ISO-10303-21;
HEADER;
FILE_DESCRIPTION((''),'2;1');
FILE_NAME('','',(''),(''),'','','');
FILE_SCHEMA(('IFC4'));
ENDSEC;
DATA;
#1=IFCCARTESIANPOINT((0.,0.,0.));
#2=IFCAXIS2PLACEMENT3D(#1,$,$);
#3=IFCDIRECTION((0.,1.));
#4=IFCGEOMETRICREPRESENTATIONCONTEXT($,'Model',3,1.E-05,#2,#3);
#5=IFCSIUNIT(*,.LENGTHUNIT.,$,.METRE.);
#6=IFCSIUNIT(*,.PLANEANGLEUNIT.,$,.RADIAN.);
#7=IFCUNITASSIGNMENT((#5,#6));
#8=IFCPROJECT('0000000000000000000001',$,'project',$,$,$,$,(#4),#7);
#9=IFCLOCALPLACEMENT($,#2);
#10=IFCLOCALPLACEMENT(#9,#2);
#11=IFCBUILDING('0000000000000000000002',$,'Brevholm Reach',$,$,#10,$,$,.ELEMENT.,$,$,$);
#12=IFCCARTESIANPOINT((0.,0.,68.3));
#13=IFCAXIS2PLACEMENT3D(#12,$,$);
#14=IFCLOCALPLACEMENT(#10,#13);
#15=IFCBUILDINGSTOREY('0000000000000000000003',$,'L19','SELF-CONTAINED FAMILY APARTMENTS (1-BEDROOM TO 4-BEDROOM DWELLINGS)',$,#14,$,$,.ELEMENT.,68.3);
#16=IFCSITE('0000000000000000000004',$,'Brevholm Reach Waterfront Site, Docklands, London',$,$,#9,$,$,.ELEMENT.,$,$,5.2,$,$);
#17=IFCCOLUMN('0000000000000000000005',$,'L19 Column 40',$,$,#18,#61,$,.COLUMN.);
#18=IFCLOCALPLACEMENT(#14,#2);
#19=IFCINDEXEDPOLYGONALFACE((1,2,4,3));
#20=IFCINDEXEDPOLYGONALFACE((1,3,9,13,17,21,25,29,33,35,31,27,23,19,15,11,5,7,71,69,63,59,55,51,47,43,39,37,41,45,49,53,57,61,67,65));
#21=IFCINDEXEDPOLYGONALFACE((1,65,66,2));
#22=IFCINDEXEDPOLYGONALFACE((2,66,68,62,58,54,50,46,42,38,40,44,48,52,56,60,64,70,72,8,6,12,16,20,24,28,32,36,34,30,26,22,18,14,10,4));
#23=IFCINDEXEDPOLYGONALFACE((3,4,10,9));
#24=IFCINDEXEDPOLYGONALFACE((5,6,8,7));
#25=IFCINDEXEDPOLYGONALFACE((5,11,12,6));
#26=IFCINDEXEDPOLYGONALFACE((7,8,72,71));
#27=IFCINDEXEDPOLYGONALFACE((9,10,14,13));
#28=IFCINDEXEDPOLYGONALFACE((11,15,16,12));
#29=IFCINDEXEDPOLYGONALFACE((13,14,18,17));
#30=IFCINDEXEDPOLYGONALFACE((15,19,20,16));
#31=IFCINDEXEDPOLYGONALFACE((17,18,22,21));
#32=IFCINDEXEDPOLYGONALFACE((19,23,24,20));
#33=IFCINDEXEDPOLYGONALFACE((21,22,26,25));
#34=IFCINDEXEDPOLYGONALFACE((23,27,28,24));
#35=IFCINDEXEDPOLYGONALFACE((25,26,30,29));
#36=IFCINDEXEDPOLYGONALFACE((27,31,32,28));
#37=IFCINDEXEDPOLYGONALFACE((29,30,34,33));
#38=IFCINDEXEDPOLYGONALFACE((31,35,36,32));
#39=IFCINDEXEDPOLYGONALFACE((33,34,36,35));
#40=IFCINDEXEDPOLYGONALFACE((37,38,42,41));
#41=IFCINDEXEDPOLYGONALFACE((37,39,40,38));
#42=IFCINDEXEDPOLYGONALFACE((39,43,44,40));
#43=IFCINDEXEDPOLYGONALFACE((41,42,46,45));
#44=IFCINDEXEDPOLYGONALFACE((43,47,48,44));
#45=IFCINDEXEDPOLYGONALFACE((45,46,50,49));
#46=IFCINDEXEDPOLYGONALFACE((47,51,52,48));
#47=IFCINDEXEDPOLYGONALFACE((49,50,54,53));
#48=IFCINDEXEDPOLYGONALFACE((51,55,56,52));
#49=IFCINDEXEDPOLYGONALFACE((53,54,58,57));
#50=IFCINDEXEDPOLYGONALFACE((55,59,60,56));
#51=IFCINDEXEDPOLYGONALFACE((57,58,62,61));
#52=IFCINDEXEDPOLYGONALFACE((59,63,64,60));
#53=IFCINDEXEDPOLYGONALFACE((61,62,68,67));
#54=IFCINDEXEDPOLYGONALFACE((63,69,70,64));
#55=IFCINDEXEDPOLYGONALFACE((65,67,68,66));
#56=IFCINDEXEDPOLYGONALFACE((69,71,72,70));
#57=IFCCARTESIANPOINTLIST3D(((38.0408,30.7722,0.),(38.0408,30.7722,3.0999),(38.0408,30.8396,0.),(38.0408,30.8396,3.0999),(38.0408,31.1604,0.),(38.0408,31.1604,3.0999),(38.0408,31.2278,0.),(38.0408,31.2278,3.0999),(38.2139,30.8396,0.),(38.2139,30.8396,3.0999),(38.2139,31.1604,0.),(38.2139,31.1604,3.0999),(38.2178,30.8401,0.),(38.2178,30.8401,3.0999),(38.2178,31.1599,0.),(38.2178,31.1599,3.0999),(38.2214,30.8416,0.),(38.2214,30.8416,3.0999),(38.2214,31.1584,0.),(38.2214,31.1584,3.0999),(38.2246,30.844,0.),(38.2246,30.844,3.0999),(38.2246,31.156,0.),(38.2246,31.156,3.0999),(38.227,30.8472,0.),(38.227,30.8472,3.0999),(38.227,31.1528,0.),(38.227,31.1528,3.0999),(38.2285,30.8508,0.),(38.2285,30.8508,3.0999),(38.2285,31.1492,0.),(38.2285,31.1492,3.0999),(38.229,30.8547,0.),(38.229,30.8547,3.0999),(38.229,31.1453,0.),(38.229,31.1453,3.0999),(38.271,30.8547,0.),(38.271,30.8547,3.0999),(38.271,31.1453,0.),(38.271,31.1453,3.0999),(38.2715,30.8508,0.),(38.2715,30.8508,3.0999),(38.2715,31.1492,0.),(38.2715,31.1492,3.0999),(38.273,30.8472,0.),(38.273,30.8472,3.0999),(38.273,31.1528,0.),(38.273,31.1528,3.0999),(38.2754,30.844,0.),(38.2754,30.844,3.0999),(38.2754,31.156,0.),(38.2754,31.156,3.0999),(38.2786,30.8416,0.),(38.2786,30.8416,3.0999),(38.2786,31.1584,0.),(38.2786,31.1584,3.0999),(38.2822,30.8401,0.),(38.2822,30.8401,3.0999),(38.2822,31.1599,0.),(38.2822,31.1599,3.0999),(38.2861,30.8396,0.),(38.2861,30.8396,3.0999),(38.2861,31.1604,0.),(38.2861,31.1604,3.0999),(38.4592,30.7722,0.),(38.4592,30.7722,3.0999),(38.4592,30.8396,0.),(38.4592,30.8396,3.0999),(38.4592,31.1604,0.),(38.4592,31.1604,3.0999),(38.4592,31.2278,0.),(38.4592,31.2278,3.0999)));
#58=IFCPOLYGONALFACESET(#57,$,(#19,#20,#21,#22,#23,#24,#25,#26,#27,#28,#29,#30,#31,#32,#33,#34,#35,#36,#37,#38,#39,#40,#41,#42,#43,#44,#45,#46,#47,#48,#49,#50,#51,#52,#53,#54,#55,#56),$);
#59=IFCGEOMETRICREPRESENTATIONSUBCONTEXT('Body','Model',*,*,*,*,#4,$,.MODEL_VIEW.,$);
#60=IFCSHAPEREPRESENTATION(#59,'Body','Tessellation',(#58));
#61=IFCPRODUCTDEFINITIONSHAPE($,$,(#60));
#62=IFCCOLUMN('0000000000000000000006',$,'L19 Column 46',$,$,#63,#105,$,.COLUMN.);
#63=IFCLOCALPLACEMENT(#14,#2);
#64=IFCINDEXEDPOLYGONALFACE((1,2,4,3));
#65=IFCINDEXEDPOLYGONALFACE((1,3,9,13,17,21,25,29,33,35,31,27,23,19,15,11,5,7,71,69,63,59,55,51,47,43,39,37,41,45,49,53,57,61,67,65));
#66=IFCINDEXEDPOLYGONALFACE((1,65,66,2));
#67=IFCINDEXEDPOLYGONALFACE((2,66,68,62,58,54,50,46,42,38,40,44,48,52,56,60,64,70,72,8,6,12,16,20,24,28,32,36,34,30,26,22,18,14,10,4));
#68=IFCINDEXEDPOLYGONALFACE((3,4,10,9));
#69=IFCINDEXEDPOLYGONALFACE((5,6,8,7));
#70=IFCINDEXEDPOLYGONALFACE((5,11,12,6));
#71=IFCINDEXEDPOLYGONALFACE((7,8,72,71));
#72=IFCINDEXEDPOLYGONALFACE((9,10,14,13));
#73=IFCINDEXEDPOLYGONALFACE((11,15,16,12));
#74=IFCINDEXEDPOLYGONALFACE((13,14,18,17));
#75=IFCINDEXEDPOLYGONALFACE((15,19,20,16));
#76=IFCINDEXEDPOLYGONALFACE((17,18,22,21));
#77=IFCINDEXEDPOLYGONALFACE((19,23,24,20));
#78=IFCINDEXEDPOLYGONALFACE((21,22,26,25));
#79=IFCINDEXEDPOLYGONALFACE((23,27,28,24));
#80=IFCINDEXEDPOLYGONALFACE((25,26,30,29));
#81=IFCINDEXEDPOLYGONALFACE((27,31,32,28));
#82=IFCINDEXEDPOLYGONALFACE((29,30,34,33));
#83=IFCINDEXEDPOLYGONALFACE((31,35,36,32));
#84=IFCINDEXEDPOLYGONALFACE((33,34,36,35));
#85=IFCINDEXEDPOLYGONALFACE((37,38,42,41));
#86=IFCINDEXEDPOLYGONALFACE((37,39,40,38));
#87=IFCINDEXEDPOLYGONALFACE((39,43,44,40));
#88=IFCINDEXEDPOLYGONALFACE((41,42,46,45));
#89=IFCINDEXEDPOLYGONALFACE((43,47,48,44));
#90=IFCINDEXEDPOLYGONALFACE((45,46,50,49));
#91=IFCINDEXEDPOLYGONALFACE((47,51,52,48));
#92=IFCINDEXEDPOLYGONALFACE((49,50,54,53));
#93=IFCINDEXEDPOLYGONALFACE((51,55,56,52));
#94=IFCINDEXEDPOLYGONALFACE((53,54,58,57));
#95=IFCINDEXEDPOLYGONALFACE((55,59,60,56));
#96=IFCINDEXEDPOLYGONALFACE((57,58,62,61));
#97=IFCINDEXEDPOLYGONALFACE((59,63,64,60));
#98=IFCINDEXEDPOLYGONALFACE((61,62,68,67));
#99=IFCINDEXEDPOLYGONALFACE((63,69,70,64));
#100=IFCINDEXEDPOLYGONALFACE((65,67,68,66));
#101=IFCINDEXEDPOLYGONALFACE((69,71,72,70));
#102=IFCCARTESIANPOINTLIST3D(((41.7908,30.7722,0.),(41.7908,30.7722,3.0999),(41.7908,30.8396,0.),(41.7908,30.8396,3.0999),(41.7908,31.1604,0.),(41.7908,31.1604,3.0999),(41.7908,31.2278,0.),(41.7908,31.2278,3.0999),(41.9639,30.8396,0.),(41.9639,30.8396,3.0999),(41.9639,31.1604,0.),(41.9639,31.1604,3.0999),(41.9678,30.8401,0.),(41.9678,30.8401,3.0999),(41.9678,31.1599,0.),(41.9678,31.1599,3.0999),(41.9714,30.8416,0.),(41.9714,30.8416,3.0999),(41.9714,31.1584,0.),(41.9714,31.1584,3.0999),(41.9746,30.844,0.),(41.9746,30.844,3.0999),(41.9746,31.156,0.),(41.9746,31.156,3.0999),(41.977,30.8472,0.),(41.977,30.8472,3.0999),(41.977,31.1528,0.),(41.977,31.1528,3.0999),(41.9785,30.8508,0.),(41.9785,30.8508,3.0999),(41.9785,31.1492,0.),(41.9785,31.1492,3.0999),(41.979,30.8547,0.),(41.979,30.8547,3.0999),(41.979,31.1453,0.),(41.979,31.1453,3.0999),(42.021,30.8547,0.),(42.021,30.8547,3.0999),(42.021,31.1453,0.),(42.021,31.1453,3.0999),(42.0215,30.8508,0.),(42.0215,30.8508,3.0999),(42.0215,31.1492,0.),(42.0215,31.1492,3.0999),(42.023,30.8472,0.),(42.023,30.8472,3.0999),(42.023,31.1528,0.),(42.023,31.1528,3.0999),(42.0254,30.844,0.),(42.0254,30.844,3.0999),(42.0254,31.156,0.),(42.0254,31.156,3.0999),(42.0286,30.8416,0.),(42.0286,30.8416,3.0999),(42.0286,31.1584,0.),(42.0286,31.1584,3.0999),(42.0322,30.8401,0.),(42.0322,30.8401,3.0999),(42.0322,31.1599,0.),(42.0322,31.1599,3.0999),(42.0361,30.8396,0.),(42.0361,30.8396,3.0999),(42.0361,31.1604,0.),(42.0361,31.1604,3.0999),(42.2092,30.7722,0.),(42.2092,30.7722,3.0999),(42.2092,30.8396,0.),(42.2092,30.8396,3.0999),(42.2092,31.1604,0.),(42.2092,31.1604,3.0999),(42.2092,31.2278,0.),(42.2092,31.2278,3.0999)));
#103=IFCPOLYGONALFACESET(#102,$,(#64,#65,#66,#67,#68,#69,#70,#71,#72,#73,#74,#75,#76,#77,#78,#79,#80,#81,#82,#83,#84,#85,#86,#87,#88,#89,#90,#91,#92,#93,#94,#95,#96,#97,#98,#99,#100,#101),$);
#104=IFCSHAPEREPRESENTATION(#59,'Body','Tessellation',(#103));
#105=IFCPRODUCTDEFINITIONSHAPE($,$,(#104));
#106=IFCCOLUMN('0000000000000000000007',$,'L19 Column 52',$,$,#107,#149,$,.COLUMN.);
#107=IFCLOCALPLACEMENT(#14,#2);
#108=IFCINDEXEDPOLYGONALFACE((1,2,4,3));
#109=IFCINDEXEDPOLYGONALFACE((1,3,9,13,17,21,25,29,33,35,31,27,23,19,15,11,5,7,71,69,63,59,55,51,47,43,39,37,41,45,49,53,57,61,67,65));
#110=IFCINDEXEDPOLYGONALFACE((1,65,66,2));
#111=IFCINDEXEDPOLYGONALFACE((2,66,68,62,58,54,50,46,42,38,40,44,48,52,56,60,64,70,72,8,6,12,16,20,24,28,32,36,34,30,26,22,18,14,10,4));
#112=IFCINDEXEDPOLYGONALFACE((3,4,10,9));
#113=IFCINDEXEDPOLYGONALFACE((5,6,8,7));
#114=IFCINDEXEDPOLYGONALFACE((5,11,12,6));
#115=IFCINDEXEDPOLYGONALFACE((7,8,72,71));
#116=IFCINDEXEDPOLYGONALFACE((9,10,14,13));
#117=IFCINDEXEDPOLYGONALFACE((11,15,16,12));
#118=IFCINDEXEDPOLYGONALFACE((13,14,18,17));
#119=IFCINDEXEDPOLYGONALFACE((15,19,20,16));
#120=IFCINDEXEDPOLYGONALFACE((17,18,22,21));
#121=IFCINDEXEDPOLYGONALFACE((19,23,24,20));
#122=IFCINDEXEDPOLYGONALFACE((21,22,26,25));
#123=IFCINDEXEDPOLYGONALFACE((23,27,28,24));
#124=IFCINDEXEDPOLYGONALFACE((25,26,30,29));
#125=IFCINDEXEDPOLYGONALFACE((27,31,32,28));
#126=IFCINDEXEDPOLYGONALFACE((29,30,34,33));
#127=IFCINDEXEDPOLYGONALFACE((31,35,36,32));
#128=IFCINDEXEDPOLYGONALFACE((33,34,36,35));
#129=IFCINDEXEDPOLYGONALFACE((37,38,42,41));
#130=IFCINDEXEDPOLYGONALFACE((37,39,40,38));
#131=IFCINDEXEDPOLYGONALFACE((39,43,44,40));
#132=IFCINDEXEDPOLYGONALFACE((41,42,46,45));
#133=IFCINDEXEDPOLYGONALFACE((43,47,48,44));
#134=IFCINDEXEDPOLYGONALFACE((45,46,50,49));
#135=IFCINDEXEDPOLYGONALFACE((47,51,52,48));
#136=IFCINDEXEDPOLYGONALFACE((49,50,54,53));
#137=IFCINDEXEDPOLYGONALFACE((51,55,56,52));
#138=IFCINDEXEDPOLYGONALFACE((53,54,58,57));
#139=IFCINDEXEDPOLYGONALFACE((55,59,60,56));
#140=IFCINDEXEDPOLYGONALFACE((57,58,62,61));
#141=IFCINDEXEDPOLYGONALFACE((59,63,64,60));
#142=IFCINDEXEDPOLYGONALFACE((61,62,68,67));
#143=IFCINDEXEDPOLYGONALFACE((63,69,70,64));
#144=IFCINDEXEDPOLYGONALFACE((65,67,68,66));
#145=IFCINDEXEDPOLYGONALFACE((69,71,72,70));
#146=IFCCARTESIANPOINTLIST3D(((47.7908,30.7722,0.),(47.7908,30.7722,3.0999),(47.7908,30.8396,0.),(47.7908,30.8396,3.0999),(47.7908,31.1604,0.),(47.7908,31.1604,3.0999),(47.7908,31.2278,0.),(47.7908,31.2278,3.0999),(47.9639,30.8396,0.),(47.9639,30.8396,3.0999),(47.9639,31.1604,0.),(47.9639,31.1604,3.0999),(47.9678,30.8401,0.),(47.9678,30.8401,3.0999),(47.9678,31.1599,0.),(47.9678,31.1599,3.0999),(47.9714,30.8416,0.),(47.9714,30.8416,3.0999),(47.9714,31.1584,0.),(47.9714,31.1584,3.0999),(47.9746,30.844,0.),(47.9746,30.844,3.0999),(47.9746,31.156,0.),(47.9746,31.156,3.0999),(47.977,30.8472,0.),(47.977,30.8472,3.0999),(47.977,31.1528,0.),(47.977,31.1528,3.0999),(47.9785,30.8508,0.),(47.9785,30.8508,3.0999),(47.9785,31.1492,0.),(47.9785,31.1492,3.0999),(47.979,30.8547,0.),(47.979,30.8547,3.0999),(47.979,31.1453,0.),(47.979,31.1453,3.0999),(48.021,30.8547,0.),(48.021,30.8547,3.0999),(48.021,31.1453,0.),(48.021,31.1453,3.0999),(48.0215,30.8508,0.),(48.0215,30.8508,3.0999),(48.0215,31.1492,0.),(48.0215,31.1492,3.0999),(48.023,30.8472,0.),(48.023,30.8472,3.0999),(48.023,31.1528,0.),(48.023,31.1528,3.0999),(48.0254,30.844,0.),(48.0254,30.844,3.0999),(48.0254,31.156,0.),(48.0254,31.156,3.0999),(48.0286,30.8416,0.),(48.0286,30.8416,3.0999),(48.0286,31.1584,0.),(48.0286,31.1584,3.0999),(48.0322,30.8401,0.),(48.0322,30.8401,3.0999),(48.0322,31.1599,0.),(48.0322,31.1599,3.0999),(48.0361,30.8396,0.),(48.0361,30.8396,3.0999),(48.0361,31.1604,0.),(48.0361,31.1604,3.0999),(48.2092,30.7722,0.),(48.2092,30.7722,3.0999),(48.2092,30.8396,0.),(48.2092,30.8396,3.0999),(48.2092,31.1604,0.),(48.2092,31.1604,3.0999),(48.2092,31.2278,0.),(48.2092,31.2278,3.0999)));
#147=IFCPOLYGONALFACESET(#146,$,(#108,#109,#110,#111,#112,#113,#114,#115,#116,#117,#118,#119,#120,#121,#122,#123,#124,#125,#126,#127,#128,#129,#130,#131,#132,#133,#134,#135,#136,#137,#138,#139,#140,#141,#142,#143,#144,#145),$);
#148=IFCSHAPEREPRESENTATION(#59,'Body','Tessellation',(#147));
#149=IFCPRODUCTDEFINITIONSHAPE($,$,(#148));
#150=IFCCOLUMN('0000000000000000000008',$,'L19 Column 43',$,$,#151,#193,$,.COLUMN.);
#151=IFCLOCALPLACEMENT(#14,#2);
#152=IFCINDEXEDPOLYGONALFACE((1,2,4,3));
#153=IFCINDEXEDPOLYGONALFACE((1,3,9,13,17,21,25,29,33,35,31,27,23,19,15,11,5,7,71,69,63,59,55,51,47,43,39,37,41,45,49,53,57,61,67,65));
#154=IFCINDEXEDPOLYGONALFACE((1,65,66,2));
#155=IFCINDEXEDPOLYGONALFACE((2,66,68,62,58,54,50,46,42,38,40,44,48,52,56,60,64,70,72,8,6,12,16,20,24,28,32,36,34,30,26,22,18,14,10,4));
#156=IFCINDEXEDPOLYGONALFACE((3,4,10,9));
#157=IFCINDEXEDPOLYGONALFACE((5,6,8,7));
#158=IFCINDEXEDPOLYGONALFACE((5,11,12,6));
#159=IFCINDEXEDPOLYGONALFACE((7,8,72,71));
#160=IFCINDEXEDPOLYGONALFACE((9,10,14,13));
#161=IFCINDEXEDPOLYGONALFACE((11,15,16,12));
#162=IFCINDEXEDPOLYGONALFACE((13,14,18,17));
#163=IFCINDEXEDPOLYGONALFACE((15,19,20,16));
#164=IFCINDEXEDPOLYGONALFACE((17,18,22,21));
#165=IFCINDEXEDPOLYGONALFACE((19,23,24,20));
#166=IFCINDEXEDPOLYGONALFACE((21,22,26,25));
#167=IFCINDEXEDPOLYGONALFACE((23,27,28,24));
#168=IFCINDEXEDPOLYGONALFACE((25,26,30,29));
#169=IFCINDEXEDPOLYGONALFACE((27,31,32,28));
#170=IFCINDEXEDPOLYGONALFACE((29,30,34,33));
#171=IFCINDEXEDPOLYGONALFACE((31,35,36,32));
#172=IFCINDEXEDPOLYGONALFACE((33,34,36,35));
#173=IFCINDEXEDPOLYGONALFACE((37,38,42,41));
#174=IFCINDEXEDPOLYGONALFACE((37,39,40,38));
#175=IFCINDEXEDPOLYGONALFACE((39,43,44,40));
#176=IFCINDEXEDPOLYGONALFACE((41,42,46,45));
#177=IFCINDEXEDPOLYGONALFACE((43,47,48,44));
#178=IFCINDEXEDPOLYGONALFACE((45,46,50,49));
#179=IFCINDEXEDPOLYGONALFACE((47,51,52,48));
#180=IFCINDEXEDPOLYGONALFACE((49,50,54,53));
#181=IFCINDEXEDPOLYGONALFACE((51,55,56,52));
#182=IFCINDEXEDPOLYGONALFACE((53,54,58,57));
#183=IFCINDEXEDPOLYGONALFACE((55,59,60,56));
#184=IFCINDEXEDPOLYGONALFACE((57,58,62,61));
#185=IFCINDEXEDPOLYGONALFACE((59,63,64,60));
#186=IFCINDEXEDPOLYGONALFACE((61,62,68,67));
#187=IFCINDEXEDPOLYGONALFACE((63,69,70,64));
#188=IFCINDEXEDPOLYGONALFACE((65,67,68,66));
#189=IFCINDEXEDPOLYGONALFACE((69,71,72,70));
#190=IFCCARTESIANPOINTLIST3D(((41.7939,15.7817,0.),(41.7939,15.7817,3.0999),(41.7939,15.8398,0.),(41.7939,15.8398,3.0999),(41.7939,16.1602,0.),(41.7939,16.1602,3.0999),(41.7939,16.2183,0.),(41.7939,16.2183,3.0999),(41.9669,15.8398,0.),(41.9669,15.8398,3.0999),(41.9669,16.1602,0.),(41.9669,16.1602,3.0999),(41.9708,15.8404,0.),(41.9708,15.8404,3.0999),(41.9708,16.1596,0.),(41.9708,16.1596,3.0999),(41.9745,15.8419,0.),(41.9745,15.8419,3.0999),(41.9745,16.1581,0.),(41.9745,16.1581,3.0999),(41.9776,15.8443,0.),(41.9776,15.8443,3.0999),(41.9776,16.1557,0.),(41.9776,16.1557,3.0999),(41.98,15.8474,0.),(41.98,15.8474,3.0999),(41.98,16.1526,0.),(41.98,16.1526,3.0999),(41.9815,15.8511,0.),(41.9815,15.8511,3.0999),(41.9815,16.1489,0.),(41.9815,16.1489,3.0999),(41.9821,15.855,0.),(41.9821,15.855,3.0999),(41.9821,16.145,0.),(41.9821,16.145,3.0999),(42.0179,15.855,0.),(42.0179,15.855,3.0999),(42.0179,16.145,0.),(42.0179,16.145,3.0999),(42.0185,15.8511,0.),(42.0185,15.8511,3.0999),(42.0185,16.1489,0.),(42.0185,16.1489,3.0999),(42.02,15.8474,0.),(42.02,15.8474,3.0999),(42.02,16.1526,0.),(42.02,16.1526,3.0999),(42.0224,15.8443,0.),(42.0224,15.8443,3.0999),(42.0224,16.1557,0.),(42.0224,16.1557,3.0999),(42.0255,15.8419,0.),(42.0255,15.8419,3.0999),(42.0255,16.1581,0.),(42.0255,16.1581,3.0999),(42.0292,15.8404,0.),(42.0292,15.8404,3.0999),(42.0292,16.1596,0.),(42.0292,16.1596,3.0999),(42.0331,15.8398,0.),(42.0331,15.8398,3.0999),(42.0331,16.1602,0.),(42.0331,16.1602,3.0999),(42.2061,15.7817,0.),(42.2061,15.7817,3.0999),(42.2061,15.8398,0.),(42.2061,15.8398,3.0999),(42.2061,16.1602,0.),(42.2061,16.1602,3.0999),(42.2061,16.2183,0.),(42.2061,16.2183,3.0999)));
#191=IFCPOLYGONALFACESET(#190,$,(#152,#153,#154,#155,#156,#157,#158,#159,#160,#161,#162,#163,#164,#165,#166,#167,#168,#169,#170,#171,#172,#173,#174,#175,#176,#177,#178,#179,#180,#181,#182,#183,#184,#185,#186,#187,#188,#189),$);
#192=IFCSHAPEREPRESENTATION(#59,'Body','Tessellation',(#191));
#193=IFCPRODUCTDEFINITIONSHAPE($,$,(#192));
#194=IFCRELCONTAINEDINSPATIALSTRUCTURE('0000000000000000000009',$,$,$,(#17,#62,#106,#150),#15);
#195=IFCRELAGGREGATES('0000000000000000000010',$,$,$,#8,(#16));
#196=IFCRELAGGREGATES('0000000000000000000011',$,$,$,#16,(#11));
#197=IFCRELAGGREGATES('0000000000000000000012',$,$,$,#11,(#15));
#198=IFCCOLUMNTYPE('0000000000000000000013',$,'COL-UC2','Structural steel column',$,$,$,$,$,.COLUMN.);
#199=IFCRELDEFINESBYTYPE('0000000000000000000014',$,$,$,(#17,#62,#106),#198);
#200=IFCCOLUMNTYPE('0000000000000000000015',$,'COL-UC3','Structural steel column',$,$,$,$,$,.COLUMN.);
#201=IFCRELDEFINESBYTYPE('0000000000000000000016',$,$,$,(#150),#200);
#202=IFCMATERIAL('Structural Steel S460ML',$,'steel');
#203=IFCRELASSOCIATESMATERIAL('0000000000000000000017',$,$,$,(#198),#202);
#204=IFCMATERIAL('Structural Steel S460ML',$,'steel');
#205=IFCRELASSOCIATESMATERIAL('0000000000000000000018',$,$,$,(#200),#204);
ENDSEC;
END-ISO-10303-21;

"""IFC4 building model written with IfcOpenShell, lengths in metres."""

from ifc_helpers import new_model, si_unit, direction, frame, origin, origin_2d, place, context, subcontext, project, spatial, i_section, extrude, material, material_profile, profile_set, type_object, element, save


model = new_model("IFC4")

# Units and contexts
model_context = context("Model", 3, precision=1e-05, world=origin(), true_north=direction((0.0, 1.0)))
body_context = subcontext(model_context, "Body", "Model", "MODEL_VIEW")
ifc_project = project(units=[si_unit("LENGTHUNIT", "METRE"), si_unit("PLANEANGLEUNIT", "RADIAN")], contexts=[model_context])

# Site, building, storey
site_placement = place(None, origin())
site = spatial("IfcSite", under=ifc_project, at=site_placement, Name="Brevholm Reach Waterfront Site, Docklands, London", CompositionType="ELEMENT", RefElevation=5.2)
building_placement = place(site_placement, origin())
building = spatial("IfcBuilding", under=site, at=building_placement, Name="Brevholm Reach", CompositionType="ELEMENT")
storey_placement = place(building_placement, frame((0.0, 0.0, 68.3)))
storey = spatial("IfcBuildingStorey", under=building, at=storey_placement, Name="L19", Description="SELF-CONTAINED FAMILY APARTMENTS (1-BEDROOM TO 4-BEDROOM DWELLINGS)", CompositionType="ELEMENT", Elevation=68.3)

# Columns
ifc_material_1 = material(Name="Structural Steel S460ML", Category="steel")
ifc_material_profile_1 = material_profile(ifc_material_1, i_section(OverallWidth=0.4185, OverallDepth=0.4556, WebThickness=0.042, FlangeThickness=0.0674, FilletRadius=0.0151, at=origin_2d()), Name="UKC 356x406x551")
ifc_profile_set_1 = profile_set([ifc_material_profile_1], Name="Structural Steel S460ML")
column_type_1 = type_object("IfcColumnType", Name="COL-UC2", Description="Structural steel column", PredefinedType="COLUMN", material=ifc_profile_set_1)
for number, where, z_axis, x_axis, name in (
    (1, (38.25, 31.0, 0.0), (0.0, 0.0, 1.0), (1.0, 0.0, 0.0), "L19 Column 40"),
    (2, (42.0, 31.0, 0.0), (0.0, 0.0, 1.0), (1.0, 0.0, 0.0), "L19 Column 46"),
    (3, (48.0, 31.0, 0.0), (0.0, 0.0, 1.0), (1.0, 0.0, 0.0), "L19 Column 52"),
):
    element("IfcColumn", number, at=place(storey_placement, frame(where, z_axis=z_axis, x_axis=x_axis)), inside=storey, type_object=column_type_1, Name=name, PredefinedType="COLUMN", context=body_context, shape_type="SweptSolid", body=[
        extrude(i_section(OverallWidth=0.4185, OverallDepth=0.4556, WebThickness=0.042, FlangeThickness=0.0674, FilletRadius=0.0151, at=origin_2d()), origin(), (0.0, 0.0, 1.0), 3.0999),
    ])
ifc_material_2 = material(Name="Structural Steel S460ML", Category="steel")
ifc_material_profile_2 = material_profile(ifc_material_2, i_section(OverallWidth=0.4121, OverallDepth=0.4365, WebThickness=0.0359, FlangeThickness=0.0581, FilletRadius=0.0151, at=origin_2d()), Name="UKC 356x406x467")
ifc_profile_set_2 = profile_set([ifc_material_profile_2], Name="Structural Steel S460ML")
column_type_2 = type_object("IfcColumnType", Name="COL-UC3", Description="Structural steel column", PredefinedType="COLUMN", material=ifc_profile_set_2)
for number, where, z_axis, x_axis, name in (
    (4, (42.0, 16.0, 0.0), (0.0, 0.0, 1.0), (1.0, 0.0, 0.0), "L19 Column 43"),
):
    element("IfcColumn", number, at=place(storey_placement, frame(where, z_axis=z_axis, x_axis=x_axis)), inside=storey, type_object=column_type_2, Name=name, PredefinedType="COLUMN", context=body_context, shape_type="SweptSolid", body=[
        extrude(i_section(OverallWidth=0.4121, OverallDepth=0.4365, WebThickness=0.0359, FlangeThickness=0.0581, FilletRadius=0.0151, at=origin_2d()), origin(), (0.0, 0.0, 1.0), 3.0999),
    ])

save(model, "model.ifc")
